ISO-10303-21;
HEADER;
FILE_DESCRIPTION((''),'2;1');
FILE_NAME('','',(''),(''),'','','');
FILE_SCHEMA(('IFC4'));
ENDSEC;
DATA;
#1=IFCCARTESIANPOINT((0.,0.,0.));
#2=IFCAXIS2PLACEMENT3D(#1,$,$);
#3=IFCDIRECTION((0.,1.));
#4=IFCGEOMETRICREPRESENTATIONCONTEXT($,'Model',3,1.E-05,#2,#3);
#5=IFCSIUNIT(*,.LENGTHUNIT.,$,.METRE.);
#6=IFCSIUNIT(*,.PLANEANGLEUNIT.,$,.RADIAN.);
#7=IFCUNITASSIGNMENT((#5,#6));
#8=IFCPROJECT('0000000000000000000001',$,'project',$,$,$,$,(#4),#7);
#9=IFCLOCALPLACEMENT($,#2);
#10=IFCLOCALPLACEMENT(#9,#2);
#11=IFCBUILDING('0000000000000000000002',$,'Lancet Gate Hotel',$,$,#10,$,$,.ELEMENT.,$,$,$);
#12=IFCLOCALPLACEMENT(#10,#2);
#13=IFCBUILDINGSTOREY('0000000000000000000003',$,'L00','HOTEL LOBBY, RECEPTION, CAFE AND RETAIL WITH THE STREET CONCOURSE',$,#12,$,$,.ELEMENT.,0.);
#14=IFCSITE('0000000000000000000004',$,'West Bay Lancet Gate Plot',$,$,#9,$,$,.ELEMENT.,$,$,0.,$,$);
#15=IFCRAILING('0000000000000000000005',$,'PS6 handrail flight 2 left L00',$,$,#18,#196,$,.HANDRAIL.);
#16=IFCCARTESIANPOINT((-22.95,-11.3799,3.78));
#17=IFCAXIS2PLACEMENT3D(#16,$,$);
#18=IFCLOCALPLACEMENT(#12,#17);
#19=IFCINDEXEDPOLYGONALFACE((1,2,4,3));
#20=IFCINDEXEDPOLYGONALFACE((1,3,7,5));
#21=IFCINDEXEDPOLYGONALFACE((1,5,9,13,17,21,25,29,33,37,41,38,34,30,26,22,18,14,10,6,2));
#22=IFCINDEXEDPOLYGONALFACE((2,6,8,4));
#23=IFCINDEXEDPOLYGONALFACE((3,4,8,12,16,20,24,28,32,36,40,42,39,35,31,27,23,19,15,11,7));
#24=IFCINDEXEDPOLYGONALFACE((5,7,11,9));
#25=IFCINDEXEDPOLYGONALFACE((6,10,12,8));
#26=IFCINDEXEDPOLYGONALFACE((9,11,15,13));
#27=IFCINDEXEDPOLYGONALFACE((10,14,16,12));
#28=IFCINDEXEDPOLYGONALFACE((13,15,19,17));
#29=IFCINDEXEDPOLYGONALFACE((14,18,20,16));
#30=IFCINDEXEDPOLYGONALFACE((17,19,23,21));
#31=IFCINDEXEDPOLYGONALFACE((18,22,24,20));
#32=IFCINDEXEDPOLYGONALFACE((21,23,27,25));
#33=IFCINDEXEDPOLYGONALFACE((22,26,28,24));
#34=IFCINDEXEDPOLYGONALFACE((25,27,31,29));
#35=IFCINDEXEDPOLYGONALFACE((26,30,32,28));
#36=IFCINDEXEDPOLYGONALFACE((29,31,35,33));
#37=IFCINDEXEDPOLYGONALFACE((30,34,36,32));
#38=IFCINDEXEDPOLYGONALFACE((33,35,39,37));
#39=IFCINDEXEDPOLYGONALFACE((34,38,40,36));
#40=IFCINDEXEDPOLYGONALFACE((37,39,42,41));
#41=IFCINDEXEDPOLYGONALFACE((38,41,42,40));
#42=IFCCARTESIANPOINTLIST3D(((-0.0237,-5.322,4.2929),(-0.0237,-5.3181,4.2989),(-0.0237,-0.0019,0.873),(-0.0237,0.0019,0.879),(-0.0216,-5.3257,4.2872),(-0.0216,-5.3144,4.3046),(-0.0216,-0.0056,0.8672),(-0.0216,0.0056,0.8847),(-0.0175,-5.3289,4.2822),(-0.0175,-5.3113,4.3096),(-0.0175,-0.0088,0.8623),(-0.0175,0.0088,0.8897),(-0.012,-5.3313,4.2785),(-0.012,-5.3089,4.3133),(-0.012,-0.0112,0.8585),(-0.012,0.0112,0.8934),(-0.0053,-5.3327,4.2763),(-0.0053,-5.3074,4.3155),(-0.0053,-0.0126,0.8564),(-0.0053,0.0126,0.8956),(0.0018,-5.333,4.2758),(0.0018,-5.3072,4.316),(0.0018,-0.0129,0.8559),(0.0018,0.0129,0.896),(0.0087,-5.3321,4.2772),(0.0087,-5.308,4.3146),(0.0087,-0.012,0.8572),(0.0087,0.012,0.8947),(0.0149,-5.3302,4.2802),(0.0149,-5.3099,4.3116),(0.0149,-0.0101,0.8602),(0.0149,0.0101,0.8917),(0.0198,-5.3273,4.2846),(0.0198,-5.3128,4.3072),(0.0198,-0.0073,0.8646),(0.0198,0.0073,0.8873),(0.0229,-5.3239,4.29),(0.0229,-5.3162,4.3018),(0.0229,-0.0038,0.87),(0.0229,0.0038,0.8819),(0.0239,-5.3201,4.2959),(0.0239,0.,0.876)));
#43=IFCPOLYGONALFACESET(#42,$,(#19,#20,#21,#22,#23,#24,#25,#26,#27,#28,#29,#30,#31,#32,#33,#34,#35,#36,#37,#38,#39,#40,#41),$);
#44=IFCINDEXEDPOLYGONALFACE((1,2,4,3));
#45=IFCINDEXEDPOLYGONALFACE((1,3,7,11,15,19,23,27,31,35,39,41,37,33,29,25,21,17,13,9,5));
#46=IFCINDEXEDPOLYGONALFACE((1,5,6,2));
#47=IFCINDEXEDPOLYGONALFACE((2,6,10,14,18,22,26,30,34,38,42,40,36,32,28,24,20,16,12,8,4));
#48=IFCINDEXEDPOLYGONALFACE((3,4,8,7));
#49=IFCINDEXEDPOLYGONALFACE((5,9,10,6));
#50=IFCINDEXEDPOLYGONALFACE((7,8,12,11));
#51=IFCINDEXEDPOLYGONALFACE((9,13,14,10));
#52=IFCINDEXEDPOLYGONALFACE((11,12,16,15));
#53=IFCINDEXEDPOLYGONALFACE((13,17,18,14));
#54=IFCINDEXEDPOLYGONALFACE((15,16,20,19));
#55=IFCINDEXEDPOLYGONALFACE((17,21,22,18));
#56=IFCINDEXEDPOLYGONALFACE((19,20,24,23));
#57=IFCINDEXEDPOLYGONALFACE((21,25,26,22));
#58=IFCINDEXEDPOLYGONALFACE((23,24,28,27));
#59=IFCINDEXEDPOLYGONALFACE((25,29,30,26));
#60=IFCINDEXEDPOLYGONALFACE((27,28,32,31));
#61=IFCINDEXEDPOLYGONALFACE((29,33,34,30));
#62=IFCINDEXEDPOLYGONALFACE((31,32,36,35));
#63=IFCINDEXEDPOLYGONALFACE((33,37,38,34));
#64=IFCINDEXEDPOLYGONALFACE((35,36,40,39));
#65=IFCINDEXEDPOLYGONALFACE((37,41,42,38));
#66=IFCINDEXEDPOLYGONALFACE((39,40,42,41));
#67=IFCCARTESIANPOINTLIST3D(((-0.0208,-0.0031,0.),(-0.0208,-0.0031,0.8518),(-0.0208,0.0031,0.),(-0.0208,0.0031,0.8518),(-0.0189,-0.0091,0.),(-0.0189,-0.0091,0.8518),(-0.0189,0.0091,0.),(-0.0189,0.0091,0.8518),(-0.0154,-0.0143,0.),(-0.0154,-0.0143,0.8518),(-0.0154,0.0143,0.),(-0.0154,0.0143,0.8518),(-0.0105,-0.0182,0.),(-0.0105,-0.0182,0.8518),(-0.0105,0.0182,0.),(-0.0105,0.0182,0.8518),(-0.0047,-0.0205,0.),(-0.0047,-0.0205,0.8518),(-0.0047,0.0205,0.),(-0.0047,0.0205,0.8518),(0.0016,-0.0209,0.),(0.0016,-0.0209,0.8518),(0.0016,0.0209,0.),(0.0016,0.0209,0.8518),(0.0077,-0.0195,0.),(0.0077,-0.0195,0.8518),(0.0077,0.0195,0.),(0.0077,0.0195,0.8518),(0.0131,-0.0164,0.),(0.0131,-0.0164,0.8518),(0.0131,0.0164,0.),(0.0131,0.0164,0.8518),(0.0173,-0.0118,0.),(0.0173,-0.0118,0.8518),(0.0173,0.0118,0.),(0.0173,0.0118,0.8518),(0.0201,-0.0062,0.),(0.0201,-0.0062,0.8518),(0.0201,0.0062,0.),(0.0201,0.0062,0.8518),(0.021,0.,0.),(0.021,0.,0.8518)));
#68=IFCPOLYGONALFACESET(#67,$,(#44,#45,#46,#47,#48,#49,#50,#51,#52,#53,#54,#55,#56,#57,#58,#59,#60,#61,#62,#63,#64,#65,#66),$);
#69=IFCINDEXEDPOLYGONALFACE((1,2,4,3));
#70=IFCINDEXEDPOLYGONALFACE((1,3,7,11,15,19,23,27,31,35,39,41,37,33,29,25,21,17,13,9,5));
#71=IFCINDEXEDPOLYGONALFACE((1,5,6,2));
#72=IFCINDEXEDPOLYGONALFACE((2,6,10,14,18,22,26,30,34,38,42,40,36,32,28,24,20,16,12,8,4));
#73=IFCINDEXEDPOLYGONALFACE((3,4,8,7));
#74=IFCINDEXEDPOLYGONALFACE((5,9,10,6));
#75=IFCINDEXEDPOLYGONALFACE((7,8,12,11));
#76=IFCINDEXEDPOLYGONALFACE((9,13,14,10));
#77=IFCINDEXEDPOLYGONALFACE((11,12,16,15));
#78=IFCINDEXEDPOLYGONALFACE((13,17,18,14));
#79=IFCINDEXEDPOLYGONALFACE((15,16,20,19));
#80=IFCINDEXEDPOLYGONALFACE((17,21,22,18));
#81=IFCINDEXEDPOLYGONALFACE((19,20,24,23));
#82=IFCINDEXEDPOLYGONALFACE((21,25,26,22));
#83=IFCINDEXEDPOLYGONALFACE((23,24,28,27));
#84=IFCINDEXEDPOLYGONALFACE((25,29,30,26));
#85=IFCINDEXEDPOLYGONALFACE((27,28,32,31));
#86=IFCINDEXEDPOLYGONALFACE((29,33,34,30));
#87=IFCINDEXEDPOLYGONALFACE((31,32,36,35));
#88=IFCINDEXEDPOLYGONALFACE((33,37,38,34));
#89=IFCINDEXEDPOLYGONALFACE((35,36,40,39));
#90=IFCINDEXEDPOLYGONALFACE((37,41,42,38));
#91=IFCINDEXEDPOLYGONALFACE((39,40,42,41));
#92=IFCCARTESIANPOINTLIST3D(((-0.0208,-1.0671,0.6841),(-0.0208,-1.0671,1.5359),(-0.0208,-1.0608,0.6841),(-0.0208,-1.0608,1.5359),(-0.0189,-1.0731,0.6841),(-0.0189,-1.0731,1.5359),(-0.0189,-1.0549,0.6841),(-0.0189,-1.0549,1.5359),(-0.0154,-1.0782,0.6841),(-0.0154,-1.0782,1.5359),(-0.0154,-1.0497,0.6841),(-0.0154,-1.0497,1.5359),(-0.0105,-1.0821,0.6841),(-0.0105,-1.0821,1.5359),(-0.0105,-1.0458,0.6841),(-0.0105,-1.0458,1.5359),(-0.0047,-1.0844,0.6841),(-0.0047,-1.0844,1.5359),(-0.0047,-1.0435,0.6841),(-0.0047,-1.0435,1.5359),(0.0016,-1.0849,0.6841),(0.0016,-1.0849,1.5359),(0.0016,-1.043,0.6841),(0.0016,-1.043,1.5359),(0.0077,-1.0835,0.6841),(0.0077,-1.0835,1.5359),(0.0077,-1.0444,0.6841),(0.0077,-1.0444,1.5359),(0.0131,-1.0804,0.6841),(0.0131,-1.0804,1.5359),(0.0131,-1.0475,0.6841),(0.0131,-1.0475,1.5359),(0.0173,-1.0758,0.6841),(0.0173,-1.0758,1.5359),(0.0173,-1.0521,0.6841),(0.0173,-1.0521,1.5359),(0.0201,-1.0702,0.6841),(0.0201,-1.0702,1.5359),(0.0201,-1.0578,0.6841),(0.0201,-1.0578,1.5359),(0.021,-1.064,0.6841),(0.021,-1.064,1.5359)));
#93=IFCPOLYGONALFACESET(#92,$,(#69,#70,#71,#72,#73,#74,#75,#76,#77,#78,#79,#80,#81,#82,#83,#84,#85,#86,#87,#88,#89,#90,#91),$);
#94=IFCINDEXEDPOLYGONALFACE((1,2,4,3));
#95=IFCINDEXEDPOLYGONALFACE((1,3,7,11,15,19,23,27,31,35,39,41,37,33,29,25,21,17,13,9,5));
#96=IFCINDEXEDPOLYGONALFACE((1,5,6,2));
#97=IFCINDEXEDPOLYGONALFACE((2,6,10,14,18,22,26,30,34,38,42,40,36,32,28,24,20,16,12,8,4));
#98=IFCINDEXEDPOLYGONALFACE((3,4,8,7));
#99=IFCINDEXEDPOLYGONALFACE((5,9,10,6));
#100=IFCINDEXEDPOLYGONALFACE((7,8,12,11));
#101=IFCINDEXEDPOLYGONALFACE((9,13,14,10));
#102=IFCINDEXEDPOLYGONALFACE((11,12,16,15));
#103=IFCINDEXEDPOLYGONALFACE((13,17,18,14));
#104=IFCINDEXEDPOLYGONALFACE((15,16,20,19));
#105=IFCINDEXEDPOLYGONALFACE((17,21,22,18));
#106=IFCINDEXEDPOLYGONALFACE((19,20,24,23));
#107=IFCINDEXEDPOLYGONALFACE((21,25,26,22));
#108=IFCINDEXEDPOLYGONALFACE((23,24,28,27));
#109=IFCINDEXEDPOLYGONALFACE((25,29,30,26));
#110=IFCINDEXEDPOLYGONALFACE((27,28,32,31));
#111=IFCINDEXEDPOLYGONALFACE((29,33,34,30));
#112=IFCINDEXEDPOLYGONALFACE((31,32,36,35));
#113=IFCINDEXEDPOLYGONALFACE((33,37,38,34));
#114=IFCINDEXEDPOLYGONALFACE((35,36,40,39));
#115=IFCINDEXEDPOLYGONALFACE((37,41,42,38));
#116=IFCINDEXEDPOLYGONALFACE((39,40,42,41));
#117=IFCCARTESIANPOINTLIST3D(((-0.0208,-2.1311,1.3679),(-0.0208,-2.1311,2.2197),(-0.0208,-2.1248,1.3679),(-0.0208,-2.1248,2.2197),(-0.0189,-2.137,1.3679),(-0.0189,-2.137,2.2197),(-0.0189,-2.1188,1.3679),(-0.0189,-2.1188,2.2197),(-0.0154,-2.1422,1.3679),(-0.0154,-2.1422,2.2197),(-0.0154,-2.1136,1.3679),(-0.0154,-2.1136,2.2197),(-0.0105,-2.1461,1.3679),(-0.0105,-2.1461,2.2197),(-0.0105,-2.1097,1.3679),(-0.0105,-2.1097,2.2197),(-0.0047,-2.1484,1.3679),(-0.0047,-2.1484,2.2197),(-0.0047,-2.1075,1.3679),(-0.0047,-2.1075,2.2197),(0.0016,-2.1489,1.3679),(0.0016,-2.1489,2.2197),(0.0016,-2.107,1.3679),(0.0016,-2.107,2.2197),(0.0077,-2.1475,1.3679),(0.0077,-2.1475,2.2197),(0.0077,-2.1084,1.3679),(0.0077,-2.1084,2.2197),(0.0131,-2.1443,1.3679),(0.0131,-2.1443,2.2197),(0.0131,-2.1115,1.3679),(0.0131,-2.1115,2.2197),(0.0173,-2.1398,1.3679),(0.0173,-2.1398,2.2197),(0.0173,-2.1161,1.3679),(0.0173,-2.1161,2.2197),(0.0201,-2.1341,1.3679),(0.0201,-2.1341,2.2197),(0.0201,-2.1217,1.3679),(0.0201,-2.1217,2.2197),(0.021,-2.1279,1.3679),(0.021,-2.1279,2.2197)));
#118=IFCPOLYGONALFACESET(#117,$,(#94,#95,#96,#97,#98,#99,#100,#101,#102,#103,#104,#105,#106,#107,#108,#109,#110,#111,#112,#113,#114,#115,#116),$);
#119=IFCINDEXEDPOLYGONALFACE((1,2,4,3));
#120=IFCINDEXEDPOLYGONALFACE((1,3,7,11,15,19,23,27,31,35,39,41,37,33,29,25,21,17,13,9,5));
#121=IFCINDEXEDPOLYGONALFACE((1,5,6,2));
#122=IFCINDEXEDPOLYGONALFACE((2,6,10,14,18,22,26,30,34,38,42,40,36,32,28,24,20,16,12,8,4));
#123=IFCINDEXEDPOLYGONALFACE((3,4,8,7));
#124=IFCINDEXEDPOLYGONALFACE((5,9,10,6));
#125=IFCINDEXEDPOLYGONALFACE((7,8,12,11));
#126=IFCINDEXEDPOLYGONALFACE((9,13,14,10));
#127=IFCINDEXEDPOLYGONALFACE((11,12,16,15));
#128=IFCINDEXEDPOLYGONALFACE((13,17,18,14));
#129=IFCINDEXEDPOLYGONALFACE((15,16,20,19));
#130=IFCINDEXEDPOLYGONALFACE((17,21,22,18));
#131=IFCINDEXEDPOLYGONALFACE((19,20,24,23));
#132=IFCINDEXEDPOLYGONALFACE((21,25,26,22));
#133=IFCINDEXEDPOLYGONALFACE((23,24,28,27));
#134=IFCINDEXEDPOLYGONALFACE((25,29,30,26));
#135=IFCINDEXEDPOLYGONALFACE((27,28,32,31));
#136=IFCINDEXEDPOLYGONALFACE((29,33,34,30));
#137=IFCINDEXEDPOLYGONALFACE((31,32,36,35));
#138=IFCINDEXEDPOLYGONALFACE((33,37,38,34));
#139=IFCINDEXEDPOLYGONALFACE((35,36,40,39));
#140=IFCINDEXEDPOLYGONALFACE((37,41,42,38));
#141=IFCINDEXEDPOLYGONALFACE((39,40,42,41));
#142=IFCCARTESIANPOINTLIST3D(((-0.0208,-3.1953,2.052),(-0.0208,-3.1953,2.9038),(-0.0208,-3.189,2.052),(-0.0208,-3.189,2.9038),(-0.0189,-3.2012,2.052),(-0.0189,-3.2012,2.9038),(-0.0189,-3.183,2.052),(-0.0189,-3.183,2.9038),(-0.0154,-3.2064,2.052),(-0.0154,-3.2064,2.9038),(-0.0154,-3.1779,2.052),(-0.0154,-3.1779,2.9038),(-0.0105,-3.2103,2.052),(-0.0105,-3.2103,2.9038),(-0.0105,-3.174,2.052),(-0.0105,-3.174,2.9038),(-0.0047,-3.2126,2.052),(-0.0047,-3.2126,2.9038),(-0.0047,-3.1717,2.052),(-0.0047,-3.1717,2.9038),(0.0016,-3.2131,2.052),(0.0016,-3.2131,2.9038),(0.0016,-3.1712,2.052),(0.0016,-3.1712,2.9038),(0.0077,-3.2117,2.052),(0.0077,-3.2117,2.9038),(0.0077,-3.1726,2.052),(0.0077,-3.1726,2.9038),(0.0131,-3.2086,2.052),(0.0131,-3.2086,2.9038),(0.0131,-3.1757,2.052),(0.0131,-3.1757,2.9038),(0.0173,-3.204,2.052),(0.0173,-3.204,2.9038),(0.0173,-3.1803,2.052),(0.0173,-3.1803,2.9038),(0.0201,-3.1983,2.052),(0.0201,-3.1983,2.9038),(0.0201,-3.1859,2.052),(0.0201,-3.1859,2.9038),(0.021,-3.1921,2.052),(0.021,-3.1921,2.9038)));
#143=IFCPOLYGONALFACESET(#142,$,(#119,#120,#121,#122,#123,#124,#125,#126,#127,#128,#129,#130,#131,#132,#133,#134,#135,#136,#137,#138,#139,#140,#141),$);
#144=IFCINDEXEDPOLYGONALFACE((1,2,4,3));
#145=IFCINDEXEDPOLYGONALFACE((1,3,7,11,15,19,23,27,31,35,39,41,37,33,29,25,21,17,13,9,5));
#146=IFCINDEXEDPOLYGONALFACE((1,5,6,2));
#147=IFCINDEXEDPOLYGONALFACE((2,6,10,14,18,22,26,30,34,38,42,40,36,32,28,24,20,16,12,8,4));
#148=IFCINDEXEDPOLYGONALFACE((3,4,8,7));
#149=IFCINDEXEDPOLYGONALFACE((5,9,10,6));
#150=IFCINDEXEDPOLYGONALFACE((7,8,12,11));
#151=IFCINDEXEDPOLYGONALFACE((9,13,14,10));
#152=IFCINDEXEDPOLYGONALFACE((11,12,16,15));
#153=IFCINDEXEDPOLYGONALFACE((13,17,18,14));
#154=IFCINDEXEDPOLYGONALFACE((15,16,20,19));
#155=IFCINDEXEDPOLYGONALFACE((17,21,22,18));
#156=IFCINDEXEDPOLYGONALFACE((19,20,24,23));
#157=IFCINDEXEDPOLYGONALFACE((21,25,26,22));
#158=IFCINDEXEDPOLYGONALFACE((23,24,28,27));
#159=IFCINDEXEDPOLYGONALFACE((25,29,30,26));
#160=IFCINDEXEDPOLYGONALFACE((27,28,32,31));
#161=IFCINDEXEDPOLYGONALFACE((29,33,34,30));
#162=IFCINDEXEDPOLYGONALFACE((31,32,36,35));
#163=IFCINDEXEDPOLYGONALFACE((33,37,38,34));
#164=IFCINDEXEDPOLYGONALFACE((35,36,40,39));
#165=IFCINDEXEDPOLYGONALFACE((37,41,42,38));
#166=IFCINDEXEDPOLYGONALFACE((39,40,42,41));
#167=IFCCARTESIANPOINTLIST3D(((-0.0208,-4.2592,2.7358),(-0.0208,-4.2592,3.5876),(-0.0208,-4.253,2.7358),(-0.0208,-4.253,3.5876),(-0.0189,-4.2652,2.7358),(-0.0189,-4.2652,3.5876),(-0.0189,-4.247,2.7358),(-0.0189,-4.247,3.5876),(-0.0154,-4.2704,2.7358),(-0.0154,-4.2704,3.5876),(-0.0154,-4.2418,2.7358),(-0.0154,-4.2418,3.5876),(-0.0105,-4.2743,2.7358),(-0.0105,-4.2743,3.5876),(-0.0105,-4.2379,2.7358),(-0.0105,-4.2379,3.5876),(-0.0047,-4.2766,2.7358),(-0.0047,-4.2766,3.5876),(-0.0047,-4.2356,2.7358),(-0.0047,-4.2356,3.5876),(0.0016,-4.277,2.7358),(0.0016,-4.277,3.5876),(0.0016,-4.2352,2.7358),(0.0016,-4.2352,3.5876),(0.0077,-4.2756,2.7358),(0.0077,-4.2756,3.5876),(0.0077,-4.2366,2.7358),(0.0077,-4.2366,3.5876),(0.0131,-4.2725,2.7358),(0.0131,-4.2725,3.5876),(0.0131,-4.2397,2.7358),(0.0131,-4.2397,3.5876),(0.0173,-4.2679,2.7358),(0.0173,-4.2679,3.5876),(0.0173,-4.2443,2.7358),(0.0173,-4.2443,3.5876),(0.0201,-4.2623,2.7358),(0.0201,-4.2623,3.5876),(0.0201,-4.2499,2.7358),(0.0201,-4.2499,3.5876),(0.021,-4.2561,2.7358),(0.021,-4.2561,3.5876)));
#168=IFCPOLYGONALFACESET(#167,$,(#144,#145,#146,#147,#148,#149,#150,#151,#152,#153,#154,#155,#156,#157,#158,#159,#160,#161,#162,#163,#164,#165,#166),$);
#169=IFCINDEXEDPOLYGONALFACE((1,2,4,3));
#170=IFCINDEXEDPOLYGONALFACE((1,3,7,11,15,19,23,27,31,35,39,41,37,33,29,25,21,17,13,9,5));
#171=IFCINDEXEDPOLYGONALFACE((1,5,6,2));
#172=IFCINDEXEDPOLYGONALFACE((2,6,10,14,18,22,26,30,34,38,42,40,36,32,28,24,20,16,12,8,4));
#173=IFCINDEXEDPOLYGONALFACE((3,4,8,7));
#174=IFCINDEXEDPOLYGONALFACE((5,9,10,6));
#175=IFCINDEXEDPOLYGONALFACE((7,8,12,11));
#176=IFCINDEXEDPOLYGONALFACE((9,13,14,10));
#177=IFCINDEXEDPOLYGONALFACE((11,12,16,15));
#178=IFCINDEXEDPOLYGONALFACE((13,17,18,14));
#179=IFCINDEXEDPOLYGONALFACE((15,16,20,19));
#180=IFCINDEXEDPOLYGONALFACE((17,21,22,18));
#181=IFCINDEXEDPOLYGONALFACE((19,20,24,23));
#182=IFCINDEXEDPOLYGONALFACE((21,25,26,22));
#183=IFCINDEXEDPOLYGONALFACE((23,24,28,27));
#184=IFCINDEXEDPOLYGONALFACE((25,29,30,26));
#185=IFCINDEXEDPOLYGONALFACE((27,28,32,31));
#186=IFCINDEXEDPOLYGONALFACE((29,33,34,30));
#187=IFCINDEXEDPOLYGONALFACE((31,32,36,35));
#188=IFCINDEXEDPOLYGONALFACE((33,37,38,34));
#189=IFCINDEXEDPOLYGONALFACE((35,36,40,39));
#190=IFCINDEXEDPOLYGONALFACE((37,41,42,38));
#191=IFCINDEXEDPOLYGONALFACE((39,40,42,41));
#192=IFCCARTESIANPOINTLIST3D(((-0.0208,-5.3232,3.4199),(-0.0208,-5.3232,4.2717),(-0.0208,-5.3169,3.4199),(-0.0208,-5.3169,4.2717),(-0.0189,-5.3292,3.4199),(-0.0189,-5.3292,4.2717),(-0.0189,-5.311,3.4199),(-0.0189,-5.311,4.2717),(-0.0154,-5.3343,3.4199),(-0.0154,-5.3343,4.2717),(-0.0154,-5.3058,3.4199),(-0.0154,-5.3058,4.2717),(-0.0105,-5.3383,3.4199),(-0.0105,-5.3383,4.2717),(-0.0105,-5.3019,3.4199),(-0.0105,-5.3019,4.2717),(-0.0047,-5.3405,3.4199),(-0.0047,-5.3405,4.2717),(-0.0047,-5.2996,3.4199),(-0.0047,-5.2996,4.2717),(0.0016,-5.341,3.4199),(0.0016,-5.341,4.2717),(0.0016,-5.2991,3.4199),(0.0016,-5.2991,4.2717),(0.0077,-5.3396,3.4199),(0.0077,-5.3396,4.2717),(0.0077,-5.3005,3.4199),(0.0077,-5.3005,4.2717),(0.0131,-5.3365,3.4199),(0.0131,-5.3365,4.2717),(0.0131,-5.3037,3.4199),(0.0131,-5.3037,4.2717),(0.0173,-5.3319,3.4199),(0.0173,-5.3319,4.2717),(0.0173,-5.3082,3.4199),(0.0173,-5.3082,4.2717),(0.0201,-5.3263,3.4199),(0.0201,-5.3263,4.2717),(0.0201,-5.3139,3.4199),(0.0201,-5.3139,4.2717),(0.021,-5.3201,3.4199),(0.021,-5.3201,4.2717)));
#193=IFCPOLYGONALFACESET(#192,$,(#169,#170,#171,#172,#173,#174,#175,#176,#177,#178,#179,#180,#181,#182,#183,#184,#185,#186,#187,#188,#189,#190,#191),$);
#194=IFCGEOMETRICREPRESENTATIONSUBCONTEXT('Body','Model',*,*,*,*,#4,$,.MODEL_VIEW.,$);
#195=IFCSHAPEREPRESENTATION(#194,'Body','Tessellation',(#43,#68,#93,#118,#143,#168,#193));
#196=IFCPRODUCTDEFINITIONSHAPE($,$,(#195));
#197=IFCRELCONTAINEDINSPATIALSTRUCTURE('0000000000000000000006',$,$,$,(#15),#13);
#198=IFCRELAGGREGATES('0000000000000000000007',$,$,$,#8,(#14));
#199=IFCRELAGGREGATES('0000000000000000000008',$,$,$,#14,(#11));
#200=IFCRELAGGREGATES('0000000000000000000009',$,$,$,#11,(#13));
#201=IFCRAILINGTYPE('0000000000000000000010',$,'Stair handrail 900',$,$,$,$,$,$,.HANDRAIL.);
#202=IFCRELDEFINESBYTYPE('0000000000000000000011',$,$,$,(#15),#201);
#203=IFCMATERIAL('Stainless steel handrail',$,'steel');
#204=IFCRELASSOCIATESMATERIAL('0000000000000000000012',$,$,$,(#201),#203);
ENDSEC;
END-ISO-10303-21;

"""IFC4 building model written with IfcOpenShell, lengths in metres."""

from ifc_helpers import new_model, si_unit, direction, frame, origin, origin_2d, place, context, subcontext, project, spatial, circle, extrude, material, type_object, element, save


model = new_model("IFC4")

# Units and contexts
model_context = context("Model", 3, precision=1e-05, world=origin(), true_north=direction((0.0, 1.0)))
body_context = subcontext(model_context, "Body", "Model", "MODEL_VIEW")
ifc_project = project(units=[si_unit("LENGTHUNIT", "METRE"), si_unit("PLANEANGLEUNIT", "RADIAN")], contexts=[model_context])

# Site, building, storey
site_placement = place(None, origin())
site = spatial("IfcSite", under=ifc_project, at=site_placement, Name="West Bay Lancet Gate Plot", CompositionType="ELEMENT", RefElevation=0.0)
building_placement = place(site_placement, origin())
building = spatial("IfcBuilding", under=site, at=building_placement, Name="Lancet Gate Hotel", CompositionType="ELEMENT")
storey_placement = place(building_placement, origin())
storey = spatial("IfcBuildingStorey", under=building, at=storey_placement, Name="L00", Description="HOTEL LOBBY, RECEPTION, CAFE AND RETAIL WITH THE STREET CONCOURSE", CompositionType="ELEMENT", Elevation=0.0)

# Railing
ifc_material_1 = material(Name="Stainless steel handrail", Category="steel")
railing_type_1 = type_object("IfcRailingType", Name="Stair handrail 900", PredefinedType="HANDRAIL", material=ifc_material_1)
for number, where, name in (
    (1, (-22.95, -11.3799, 3.78), "PS6 handrail flight 2 left L00"),
):
    element("IfcRailing", number, at=place(storey_placement, frame(where)), inside=storey, type_object=railing_type_1, Name=name, PredefinedType="HANDRAIL", context=body_context, shape_type="SweptSolid", body=[
        extrude(circle(Radius=0.0239, at=origin_2d()), frame((0.0, 0.0, 0.876), z_axis=(0.0, -0.841187, 0.540744), x_axis=(1.0, 0.0, 0.0)), (0.0, 0.0, 1.0), 6.3245),
        extrude(circle(Radius=0.021, at=origin_2d()), origin(), (0.0, 0.0, 1.0), 0.8518),
        extrude(circle(Radius=0.021, at=origin_2d()), frame((0.0, -1.064, 0.6841)), (0.0, 0.0, 1.0), 0.8518),
        extrude(circle(Radius=0.021, at=origin_2d()), frame((0.0, -2.1279, 1.3679)), (0.0, 0.0, 1.0), 0.8518),
        extrude(circle(Radius=0.021, at=origin_2d()), frame((0.0, -3.1921, 2.052)), (0.0, 0.0, 1.0), 0.8518),
        extrude(circle(Radius=0.021, at=origin_2d()), frame((0.0, -4.2561, 2.7358)), (0.0, 0.0, 1.0), 0.8518),
        extrude(circle(Radius=0.021, at=origin_2d()), frame((0.0, -5.3201, 3.4199)), (0.0, 0.0, 1.0), 0.8518),
    ])

save(model, "model.ifc")
